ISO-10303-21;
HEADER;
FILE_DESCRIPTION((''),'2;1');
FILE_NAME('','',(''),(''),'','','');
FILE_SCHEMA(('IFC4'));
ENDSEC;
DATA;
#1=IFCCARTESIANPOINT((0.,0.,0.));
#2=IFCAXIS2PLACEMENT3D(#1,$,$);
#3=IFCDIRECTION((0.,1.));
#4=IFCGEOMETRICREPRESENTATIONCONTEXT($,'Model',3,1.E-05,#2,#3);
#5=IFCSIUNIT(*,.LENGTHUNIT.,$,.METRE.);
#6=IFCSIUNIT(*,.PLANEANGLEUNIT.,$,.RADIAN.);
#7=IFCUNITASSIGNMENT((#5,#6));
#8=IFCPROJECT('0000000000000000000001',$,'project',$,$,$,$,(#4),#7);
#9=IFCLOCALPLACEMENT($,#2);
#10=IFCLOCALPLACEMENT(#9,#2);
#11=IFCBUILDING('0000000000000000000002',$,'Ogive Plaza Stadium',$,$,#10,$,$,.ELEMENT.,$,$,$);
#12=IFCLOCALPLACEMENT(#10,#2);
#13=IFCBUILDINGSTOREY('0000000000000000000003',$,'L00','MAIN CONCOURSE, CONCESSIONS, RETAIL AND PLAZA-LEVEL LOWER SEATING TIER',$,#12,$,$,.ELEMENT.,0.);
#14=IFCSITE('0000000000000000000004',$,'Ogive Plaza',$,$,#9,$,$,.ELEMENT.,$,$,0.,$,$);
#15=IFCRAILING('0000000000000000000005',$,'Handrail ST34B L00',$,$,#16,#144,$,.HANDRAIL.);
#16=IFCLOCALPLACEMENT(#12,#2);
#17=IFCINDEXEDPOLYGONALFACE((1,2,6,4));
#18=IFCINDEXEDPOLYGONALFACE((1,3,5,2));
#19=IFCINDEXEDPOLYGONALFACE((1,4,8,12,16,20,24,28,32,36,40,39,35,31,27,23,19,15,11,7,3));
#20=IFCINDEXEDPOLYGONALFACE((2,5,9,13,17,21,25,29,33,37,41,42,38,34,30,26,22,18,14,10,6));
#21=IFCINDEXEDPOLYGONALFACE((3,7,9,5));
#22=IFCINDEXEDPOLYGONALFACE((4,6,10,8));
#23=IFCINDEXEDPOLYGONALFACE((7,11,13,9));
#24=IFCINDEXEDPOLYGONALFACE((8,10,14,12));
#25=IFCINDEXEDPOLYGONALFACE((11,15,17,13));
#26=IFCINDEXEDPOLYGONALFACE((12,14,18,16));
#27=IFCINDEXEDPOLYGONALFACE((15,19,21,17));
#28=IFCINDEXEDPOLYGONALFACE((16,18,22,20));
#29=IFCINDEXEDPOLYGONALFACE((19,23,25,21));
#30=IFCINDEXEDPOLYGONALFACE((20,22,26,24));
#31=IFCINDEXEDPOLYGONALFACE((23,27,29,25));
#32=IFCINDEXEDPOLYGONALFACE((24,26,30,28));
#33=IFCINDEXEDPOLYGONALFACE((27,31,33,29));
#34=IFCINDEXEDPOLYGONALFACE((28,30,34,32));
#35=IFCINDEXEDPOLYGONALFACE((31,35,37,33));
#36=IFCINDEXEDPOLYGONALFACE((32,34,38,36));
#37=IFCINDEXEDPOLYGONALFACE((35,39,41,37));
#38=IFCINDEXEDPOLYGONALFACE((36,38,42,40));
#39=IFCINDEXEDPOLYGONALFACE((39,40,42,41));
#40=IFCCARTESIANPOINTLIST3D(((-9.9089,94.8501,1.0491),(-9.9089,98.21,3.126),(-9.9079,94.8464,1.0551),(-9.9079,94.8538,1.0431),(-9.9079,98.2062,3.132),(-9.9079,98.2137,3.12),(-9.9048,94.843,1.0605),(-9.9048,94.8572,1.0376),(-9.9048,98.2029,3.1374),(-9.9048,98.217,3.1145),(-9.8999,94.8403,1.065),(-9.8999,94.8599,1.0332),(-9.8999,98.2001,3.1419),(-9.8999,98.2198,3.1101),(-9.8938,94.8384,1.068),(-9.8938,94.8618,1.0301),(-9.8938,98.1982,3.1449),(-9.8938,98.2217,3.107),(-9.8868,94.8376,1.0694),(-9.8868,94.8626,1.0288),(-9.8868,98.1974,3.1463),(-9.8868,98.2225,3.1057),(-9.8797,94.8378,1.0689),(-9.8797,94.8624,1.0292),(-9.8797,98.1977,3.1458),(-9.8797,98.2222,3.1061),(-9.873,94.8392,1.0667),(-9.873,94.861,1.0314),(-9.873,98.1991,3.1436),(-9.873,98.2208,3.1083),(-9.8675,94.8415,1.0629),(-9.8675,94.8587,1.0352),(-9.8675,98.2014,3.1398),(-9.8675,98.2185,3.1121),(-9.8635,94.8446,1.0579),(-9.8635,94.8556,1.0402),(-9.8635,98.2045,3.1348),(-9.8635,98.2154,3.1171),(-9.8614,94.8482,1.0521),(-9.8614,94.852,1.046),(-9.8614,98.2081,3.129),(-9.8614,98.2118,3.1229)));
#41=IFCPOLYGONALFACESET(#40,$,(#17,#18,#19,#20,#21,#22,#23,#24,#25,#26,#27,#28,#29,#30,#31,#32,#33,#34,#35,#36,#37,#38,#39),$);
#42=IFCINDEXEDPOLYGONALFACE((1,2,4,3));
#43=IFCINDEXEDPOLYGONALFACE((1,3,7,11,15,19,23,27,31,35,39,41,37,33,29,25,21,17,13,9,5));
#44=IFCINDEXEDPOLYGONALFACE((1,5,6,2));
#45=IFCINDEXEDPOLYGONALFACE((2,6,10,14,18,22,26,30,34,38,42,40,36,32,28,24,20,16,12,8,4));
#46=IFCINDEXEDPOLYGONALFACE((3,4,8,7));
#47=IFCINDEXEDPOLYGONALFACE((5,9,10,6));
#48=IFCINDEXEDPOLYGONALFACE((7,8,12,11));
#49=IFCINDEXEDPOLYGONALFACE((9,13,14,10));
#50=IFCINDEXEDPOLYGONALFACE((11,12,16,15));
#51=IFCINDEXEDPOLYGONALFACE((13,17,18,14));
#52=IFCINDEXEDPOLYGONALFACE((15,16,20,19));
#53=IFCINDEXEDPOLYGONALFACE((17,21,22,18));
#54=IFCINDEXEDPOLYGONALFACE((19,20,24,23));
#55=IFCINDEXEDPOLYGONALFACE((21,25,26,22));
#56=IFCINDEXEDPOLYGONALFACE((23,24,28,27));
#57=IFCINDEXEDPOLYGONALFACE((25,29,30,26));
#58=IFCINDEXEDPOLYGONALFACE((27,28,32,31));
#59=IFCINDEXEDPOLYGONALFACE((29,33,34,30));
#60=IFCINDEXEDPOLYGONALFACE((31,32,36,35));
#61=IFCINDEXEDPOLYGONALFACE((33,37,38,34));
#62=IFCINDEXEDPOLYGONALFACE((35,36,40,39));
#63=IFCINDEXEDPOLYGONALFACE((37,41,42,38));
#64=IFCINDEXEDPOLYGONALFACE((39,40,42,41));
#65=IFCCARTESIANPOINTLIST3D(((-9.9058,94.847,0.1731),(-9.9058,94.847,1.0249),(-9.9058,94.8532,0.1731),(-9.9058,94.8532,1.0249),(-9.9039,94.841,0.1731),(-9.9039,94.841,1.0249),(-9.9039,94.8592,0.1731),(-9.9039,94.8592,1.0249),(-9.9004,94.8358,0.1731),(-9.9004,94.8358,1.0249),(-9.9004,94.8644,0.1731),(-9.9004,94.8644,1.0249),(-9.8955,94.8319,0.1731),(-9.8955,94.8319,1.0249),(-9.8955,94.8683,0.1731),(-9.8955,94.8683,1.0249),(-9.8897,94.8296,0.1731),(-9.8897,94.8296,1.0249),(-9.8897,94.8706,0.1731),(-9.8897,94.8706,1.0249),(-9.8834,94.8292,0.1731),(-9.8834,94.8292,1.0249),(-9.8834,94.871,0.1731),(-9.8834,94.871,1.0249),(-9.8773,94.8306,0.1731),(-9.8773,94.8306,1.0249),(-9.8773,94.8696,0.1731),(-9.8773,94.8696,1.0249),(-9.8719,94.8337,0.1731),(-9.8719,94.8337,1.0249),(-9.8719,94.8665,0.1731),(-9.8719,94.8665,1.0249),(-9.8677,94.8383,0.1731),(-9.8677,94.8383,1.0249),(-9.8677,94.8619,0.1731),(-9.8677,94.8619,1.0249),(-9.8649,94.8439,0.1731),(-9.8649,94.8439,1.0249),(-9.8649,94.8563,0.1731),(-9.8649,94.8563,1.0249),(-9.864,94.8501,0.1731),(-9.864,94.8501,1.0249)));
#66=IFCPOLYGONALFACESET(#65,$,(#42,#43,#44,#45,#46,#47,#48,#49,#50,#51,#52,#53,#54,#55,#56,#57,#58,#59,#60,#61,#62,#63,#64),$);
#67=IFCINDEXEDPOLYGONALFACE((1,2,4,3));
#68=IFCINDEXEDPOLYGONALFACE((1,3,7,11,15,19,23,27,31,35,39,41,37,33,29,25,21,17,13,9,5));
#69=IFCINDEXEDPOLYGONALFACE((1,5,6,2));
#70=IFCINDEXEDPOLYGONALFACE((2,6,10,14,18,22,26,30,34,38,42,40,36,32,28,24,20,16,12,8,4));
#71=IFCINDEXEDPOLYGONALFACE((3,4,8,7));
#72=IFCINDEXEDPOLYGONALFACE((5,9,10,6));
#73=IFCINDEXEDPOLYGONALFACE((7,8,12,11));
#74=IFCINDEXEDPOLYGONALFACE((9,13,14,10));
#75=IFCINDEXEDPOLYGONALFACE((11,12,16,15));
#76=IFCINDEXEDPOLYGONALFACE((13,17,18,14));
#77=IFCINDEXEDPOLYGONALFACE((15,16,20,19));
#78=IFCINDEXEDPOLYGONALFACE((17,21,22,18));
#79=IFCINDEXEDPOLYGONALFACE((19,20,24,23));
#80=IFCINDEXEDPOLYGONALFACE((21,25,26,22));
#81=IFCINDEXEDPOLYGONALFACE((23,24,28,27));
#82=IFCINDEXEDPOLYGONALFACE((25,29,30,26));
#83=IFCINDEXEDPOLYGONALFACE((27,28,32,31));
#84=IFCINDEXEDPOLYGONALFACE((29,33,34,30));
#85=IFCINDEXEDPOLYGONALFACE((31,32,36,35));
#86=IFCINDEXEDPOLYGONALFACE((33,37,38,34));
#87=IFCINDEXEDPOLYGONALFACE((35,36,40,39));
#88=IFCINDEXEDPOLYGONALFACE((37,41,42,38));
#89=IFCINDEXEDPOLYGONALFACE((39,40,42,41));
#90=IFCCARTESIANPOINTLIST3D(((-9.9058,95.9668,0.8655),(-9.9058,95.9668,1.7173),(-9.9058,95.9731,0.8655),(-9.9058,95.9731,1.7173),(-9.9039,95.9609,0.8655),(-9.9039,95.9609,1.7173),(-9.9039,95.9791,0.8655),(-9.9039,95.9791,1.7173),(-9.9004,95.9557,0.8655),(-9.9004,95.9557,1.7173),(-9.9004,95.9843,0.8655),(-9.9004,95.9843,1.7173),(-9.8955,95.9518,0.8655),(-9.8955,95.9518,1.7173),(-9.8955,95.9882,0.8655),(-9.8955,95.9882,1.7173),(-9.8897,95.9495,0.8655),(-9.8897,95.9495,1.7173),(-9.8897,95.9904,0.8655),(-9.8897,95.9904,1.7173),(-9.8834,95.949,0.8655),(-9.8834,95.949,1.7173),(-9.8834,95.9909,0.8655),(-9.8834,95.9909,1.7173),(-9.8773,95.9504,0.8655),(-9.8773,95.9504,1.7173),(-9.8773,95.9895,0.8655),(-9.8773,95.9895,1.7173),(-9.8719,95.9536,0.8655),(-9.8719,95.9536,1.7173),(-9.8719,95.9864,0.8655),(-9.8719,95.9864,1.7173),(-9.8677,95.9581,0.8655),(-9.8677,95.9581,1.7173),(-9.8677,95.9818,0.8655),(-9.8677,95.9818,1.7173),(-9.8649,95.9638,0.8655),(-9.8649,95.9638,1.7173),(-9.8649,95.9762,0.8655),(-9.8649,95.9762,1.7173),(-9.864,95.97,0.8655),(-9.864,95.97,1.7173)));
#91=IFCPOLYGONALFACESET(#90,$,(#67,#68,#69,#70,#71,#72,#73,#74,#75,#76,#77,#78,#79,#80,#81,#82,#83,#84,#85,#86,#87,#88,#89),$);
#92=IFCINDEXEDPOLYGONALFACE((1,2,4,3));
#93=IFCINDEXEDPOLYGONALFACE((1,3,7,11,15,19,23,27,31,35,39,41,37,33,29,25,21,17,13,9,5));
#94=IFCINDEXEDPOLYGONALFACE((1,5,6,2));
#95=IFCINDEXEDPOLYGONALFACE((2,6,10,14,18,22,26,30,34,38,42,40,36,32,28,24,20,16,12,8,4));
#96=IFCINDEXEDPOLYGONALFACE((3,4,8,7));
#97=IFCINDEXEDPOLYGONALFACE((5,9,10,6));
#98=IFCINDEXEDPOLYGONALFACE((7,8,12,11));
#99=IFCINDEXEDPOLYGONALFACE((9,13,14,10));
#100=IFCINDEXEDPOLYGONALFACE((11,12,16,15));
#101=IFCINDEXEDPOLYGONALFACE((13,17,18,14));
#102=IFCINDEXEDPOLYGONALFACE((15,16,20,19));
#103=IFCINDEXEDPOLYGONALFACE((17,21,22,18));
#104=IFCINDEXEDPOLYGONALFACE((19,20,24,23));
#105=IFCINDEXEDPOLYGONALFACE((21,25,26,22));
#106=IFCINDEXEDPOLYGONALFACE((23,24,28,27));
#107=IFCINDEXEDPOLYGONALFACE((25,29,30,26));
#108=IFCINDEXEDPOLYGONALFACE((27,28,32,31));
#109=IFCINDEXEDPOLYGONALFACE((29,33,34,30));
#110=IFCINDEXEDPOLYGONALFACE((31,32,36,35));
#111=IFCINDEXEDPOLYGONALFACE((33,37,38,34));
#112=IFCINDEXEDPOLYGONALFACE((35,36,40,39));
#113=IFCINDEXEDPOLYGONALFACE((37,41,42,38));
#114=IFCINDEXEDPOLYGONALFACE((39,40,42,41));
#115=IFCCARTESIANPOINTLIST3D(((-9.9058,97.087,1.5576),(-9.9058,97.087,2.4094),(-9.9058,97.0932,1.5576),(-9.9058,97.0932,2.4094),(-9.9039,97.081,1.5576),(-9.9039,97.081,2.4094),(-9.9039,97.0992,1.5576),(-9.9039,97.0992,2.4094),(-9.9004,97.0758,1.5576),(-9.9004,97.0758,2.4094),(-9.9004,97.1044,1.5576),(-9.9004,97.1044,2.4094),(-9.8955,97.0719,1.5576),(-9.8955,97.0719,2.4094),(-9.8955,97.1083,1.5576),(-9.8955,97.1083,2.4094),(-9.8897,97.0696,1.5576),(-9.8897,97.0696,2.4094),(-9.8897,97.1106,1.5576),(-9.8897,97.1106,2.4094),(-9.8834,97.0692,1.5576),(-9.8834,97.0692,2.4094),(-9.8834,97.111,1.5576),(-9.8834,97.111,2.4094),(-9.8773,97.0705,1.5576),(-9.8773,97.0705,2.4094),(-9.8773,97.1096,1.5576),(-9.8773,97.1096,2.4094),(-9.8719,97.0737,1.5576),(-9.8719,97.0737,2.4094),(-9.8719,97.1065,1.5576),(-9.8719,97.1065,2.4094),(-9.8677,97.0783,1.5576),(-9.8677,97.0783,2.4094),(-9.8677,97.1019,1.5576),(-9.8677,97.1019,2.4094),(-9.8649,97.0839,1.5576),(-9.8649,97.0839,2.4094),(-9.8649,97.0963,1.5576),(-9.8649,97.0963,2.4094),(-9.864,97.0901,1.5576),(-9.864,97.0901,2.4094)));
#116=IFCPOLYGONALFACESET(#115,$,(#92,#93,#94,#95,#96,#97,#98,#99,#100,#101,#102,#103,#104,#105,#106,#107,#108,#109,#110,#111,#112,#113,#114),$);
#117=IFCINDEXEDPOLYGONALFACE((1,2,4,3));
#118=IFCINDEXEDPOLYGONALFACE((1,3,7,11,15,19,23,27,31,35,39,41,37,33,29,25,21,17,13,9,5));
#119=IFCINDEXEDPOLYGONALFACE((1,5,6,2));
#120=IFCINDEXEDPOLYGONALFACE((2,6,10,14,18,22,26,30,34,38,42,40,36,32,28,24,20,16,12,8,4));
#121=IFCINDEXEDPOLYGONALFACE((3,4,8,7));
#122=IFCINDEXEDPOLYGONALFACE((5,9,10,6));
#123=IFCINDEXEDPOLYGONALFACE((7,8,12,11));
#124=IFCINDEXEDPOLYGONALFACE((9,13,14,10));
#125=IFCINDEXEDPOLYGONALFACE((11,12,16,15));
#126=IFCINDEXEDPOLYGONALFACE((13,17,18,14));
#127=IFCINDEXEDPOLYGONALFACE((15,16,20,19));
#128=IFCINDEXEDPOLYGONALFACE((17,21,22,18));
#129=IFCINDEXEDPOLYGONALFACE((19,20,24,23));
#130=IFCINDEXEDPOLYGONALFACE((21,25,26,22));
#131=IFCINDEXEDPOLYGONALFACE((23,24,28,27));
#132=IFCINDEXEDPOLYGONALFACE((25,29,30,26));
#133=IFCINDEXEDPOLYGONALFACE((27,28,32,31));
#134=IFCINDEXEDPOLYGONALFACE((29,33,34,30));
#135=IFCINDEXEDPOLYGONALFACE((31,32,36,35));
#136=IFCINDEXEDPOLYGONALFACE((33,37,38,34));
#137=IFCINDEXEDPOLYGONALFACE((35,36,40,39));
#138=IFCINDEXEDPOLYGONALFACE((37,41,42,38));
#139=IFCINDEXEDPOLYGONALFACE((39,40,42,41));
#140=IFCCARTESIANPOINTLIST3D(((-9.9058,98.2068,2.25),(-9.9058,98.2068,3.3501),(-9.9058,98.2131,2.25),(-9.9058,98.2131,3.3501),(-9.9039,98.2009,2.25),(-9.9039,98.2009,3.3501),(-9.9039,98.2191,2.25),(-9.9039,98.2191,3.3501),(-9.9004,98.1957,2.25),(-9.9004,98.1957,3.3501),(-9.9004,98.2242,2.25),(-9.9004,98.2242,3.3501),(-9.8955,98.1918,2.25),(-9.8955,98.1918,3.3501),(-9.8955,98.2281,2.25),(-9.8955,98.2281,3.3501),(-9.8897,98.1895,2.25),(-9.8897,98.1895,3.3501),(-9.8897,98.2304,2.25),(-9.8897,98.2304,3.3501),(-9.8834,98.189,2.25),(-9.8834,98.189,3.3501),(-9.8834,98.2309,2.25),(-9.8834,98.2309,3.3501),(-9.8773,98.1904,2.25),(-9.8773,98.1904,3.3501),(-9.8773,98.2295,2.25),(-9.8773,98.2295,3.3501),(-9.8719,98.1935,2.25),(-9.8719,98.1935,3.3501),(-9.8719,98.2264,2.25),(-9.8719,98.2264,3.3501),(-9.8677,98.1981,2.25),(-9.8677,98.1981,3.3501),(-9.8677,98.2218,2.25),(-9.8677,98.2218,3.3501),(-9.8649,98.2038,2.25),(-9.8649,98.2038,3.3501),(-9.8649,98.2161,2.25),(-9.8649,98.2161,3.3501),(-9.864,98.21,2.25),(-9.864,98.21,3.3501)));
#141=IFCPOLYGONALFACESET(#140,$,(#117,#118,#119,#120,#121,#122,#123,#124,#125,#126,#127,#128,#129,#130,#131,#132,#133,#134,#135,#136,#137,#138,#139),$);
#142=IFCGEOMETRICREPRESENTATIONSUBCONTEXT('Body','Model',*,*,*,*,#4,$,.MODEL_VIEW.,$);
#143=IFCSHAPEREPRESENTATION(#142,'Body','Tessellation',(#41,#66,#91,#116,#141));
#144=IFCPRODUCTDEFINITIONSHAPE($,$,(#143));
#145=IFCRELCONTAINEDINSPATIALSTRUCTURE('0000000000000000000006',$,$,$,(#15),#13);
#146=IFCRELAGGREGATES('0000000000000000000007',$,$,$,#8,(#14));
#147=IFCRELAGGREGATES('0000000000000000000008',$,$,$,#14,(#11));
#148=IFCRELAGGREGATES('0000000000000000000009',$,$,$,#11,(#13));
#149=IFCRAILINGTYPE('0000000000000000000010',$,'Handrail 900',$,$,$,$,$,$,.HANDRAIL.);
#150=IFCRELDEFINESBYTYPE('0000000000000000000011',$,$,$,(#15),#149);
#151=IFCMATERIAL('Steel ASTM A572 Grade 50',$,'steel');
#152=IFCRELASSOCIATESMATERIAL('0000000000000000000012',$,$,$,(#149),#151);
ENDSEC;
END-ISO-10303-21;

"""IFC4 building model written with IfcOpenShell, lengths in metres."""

from ifc_helpers import new_model, si_unit, direction, frame, origin, origin_2d, place, context, subcontext, project, spatial, circle, extrude, material, type_object, element, save


model = new_model("IFC4")

# Units and contexts
model_context = context("Model", 3, precision=1e-05, world=origin(), true_north=direction((0.0, 1.0)))
body_context = subcontext(model_context, "Body", "Model", "MODEL_VIEW")
ifc_project = project(units=[si_unit("LENGTHUNIT", "METRE"), si_unit("PLANEANGLEUNIT", "RADIAN")], contexts=[model_context])

# Site, building, storey
site_placement = place(None, origin())
site = spatial("IfcSite", under=ifc_project, at=site_placement, Name="Ogive Plaza", CompositionType="ELEMENT", RefElevation=0.0)
building_placement = place(site_placement, origin())
building = spatial("IfcBuilding", under=site, at=building_placement, Name="Ogive Plaza Stadium", CompositionType="ELEMENT")
storey_placement = place(building_placement, origin())
storey = spatial("IfcBuildingStorey", under=building, at=storey_placement, Name="L00", Description="MAIN CONCOURSE, CONCESSIONS, RETAIL AND PLAZA-LEVEL LOWER SEATING TIER", CompositionType="ELEMENT", Elevation=0.0)

# Railing
ifc_material_1 = material(Name="Steel ASTM A572 Grade 50", Category="steel")
railing_type_1 = type_object("IfcRailingType", Name="Handrail 900", PredefinedType="HANDRAIL", material=ifc_material_1)
for number, where, name in (
    (1, (-9.885, 94.8501, 0.1731), "Handrail ST34B L00"),
):
    element("IfcRailing", number, at=place(storey_placement, frame(where)), inside=storey, type_object=railing_type_1, Name=name, PredefinedType="HANDRAIL", context=body_context, shape_type="SweptSolid", body=[
        extrude(circle(Radius=0.0239, at=origin_2d()), frame((0.0, 0.0, 0.876), z_axis=(0.0, 0.850606, 0.525803), x_axis=(-1.0, 0.0, 0.0)), (0.0, 0.0, 1.0), 3.95),
        extrude(circle(Radius=0.021, at=origin_2d()), origin(), (0.0, 0.0, 1.0), 0.8518),
        extrude(circle(Radius=0.021, at=origin_2d()), frame((0.0, 1.1199, 0.6924)), (0.0, 0.0, 1.0), 0.8518),
        extrude(circle(Radius=0.021, at=origin_2d()), frame((0.0, 2.24, 1.3845)), (0.0, 0.0, 1.0), 0.8518),
        extrude(circle(Radius=0.021, at=origin_2d()), frame((0.0, 3.3599, 2.0769)), (0.0, 0.0, 1.0), 1.1001),
    ])

save(model, "model.ifc")
